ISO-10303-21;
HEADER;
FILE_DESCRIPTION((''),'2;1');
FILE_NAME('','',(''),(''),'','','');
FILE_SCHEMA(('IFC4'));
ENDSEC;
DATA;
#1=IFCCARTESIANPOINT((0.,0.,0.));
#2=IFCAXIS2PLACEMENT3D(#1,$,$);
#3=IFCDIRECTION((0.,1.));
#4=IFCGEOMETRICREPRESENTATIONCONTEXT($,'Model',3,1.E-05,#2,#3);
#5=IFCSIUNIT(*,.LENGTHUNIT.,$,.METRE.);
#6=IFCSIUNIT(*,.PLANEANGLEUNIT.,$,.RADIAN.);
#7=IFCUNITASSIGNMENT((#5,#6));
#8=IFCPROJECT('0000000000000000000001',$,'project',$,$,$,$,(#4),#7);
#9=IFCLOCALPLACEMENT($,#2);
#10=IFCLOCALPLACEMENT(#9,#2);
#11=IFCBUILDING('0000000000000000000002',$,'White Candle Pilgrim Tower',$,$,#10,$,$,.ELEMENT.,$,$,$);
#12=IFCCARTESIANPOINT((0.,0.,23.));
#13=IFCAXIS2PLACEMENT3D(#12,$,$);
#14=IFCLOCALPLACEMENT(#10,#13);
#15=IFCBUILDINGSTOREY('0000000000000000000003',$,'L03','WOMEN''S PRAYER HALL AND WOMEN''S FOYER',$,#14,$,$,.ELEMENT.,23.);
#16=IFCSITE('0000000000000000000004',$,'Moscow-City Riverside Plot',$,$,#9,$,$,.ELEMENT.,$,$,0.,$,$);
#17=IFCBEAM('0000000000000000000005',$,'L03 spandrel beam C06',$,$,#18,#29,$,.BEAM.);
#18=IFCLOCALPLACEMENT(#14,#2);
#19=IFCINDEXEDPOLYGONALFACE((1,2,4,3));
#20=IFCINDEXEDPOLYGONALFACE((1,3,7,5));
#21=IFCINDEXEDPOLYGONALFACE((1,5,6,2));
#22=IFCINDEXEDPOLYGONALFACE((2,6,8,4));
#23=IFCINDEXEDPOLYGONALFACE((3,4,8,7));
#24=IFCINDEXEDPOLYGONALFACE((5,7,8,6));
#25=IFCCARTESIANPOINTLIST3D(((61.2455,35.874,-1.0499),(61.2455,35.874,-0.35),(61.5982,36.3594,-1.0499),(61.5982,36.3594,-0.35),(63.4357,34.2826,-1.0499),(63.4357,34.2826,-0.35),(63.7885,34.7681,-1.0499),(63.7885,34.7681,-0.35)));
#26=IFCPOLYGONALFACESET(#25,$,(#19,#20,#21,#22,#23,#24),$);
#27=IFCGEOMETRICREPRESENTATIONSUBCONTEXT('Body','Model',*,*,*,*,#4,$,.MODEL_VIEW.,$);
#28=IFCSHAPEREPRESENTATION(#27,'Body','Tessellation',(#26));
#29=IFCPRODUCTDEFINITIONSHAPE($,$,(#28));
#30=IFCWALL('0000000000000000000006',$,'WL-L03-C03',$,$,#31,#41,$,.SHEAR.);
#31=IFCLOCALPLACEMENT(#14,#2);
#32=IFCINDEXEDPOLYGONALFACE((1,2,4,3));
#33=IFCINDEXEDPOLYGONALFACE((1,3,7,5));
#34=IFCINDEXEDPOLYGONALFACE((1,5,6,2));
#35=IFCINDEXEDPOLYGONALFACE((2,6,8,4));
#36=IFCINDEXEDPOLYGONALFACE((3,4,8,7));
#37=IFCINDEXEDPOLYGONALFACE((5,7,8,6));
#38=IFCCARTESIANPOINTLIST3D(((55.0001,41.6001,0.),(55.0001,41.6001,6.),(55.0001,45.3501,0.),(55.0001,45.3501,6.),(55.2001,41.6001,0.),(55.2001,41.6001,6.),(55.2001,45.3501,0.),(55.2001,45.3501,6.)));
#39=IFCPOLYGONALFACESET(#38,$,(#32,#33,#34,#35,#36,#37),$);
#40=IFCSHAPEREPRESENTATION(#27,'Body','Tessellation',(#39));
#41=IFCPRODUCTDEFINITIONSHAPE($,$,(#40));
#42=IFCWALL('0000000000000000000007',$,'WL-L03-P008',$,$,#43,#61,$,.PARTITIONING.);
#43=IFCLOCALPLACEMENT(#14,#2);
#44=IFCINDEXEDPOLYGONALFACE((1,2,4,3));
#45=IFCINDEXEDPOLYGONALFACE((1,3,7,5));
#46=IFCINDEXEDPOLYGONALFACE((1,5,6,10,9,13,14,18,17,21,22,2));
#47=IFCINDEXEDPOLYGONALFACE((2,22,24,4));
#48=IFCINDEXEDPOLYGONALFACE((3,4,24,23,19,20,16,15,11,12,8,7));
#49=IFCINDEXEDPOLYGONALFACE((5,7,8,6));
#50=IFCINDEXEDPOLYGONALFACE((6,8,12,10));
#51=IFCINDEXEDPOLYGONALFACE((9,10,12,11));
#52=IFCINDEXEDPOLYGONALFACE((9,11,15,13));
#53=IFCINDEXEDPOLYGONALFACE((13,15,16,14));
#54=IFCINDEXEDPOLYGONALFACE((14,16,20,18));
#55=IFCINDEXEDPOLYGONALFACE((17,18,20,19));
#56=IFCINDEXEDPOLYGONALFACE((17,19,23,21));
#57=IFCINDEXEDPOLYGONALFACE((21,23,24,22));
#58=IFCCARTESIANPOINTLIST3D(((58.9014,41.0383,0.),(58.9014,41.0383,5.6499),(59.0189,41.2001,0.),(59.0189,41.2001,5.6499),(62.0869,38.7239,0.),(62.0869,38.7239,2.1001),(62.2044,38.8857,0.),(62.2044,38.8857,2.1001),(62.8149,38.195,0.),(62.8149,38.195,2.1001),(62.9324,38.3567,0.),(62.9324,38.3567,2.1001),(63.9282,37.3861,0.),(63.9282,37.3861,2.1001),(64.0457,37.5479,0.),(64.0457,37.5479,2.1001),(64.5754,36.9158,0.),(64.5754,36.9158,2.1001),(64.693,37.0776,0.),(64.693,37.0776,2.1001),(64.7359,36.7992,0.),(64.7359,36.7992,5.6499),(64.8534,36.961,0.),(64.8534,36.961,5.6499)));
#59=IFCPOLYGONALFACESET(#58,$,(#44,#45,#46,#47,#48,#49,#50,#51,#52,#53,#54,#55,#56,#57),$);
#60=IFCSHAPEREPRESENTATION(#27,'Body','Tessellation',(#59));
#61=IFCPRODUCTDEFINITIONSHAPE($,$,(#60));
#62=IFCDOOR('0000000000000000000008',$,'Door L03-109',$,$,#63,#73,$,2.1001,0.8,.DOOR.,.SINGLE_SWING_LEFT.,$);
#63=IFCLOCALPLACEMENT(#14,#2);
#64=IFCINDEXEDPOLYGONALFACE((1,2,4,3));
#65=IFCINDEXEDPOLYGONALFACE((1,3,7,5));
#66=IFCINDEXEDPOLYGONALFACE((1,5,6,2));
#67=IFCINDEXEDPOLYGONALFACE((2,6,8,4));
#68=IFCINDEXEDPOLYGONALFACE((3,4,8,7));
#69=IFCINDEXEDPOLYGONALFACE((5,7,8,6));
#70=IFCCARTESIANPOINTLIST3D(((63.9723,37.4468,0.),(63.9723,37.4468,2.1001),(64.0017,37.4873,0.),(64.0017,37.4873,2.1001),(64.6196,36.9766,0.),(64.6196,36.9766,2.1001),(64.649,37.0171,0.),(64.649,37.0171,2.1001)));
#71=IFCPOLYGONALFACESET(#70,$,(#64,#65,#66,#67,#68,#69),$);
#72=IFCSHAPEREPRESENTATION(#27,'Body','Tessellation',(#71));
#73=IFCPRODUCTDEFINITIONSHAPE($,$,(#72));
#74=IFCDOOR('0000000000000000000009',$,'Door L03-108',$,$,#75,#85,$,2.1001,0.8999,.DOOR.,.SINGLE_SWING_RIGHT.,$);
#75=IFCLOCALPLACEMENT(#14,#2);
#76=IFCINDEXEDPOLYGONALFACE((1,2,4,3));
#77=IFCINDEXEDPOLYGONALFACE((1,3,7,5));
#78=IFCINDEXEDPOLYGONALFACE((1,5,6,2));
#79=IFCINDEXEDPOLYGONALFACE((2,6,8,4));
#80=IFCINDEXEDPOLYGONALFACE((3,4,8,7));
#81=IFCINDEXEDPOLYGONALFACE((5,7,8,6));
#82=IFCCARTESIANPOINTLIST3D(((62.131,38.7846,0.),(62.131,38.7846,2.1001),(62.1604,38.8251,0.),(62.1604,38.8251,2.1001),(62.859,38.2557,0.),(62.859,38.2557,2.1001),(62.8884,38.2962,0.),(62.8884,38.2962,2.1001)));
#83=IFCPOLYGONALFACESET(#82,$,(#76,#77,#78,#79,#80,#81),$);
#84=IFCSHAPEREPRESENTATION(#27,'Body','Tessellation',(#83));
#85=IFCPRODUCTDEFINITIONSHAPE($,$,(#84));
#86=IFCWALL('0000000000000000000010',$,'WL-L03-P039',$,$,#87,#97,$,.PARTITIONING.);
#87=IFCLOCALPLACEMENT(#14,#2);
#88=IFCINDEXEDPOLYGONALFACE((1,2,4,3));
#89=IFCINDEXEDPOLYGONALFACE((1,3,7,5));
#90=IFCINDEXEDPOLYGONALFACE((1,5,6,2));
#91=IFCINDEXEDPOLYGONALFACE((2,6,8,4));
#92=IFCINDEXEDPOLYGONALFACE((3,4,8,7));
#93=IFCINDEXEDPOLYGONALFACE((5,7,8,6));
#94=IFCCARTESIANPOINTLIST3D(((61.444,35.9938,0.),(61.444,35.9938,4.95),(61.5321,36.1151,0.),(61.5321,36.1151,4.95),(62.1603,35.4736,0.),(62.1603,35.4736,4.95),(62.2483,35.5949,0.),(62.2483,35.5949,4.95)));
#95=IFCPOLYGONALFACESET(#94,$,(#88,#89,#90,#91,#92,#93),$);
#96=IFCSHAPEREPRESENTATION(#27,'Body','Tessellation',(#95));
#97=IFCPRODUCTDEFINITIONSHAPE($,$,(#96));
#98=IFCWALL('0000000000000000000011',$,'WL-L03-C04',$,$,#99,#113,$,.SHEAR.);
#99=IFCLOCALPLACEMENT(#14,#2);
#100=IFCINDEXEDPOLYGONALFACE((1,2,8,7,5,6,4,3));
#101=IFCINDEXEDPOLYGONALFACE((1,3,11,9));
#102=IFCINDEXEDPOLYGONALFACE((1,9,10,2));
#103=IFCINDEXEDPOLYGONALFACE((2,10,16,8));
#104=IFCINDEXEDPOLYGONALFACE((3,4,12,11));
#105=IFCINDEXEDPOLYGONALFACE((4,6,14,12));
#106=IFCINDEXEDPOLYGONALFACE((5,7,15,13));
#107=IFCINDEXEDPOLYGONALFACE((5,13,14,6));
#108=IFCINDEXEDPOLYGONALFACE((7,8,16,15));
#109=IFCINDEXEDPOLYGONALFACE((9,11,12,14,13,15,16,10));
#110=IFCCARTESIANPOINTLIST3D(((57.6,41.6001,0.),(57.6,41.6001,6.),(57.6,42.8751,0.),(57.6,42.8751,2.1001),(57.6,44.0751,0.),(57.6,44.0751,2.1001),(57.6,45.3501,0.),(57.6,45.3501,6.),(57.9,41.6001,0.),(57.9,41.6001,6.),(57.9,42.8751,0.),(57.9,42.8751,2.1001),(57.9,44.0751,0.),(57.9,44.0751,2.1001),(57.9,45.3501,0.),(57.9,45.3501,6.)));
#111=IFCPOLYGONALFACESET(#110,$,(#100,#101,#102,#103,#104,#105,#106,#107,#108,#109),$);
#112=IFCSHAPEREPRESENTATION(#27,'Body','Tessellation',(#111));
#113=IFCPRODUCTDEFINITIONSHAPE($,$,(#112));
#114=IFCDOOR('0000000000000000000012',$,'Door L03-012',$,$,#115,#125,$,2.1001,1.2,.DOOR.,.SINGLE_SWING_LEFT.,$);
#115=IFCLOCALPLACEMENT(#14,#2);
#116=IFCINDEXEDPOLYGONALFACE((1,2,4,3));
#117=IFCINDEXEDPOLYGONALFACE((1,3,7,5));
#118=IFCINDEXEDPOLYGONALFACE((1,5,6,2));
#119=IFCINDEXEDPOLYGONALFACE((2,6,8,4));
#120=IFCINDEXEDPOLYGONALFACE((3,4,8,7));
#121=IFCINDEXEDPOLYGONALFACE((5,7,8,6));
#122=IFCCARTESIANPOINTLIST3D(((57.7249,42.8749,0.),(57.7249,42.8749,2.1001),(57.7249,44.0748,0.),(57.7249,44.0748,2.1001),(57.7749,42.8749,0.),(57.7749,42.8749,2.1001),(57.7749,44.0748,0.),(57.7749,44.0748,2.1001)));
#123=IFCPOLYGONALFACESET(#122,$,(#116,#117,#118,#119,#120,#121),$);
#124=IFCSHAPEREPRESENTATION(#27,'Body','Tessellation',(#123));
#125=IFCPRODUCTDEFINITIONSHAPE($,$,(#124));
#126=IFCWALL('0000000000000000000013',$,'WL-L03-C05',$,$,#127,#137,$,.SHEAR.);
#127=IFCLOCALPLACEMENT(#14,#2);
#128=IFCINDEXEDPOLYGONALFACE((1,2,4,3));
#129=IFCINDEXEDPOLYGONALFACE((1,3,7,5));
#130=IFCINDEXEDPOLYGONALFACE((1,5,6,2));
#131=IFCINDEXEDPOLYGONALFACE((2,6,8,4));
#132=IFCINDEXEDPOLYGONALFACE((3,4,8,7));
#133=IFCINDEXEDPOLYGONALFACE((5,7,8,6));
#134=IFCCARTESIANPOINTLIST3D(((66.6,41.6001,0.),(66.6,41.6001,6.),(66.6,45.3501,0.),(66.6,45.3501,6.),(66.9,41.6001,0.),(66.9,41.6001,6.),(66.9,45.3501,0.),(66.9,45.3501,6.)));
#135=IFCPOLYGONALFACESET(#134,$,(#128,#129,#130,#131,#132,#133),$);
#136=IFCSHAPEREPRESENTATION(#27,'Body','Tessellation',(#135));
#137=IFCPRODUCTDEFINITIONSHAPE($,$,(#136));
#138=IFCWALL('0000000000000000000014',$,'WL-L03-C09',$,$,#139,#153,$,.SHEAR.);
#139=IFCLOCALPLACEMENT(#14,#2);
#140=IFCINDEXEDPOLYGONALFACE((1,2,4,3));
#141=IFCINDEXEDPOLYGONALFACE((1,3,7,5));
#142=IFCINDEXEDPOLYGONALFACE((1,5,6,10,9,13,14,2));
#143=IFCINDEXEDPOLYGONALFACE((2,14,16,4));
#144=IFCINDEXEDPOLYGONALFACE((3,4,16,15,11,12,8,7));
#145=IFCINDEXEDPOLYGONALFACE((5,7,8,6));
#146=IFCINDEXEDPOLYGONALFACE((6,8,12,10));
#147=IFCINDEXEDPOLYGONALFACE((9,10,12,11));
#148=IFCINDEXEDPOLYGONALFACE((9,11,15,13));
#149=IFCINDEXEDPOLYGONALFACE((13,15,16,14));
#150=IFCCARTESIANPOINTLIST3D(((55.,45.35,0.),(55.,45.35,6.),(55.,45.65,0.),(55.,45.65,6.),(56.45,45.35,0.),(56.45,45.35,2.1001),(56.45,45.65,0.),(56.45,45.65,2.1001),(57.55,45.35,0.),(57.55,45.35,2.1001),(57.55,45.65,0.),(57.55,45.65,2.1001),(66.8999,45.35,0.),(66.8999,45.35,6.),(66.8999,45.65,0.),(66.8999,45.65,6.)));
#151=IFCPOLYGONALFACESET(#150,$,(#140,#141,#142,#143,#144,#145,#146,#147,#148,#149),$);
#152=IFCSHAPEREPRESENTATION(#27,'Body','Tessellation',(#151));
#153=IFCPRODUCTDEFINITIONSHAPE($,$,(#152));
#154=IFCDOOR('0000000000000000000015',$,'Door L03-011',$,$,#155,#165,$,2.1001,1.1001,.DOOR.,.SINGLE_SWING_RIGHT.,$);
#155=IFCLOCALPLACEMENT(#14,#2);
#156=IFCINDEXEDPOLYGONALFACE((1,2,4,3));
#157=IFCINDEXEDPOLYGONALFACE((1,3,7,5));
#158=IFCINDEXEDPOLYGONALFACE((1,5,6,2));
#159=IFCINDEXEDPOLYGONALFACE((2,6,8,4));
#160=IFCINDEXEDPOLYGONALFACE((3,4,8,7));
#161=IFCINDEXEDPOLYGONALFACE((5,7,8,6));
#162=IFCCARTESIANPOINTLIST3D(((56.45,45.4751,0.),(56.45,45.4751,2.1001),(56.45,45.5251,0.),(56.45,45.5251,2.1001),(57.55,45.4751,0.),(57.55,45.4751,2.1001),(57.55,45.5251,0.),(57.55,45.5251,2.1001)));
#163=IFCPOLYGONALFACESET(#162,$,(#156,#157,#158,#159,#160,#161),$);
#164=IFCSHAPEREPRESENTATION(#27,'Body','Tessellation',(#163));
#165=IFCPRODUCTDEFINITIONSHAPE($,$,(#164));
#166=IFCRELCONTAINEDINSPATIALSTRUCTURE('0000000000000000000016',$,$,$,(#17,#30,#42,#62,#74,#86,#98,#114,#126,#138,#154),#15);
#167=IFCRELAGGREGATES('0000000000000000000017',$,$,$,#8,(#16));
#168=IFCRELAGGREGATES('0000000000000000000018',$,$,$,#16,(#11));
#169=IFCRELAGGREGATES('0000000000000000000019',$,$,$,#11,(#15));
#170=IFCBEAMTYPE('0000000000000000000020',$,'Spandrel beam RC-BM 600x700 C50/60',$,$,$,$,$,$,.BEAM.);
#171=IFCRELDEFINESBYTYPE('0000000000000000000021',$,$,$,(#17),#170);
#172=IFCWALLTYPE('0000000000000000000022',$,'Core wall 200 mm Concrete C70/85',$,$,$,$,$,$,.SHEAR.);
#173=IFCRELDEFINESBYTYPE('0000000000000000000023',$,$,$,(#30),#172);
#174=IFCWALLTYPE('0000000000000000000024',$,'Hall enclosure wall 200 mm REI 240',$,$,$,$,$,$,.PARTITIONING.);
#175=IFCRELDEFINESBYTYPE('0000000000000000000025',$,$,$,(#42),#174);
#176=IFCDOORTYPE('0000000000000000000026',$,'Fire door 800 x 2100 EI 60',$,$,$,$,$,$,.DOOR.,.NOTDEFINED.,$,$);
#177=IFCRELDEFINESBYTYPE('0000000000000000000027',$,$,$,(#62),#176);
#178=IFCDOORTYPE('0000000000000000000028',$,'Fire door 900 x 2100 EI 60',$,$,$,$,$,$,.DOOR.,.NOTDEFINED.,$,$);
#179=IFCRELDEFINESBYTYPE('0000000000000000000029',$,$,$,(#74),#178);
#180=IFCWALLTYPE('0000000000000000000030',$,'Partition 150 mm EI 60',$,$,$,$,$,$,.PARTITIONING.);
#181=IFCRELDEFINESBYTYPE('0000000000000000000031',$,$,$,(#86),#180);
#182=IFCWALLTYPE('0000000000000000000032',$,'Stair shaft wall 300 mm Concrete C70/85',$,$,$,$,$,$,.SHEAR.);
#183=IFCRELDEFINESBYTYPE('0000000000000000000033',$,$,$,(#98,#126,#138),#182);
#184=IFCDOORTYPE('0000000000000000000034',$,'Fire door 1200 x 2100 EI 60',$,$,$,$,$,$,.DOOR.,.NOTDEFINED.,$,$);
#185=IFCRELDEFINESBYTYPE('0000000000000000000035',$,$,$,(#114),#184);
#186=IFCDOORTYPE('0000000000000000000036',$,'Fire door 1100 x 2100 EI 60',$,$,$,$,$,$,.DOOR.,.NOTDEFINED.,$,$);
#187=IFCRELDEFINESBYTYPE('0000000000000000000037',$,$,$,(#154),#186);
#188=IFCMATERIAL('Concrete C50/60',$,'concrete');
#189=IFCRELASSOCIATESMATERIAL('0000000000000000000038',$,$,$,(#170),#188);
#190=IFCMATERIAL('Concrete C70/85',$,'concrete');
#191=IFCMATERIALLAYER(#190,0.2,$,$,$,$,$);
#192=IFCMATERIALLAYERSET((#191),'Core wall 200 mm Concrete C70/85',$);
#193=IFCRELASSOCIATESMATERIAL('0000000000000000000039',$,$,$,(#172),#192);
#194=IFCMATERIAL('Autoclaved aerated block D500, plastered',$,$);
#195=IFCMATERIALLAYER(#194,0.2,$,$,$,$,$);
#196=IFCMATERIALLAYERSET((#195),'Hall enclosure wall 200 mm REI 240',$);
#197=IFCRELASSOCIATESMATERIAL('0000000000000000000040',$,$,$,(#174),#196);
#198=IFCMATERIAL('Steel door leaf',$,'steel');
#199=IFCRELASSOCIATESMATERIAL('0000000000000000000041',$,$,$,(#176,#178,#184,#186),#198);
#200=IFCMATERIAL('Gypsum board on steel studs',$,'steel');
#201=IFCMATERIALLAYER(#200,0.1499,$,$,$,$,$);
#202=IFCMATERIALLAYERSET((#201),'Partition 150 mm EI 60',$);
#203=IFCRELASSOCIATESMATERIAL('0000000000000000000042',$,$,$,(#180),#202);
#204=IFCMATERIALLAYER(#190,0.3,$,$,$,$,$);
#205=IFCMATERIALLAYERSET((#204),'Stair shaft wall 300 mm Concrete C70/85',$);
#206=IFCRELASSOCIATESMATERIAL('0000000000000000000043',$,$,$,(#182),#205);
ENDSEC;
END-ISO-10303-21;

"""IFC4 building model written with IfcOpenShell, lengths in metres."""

from ifc_helpers import new_model, si_unit, direction, frame, frame_2d, origin, origin_2d, place, context, subcontext, project, spatial, rectangle, extrude, material, layer, layer_set, material_profile, profile_set, type_object, element, fill, save


model = new_model("IFC4")

# Units and contexts
model_context = context("Model", 3, precision=1e-05, world=origin(), true_north=direction((0.0, 1.0)))
body_context = subcontext(model_context, "Body", "Model", "MODEL_VIEW")
ifc_project = project(units=[si_unit("LENGTHUNIT", "METRE"), si_unit("PLANEANGLEUNIT", "RADIAN")], contexts=[model_context])

# Site, building, storey
site_placement = place(None, origin())
site = spatial("IfcSite", under=ifc_project, at=site_placement, Name="Moscow-City Riverside Plot", CompositionType="ELEMENT", RefElevation=0.0)
building_placement = place(site_placement, origin())
building = spatial("IfcBuilding", under=site, at=building_placement, Name="White Candle Pilgrim Tower", CompositionType="ELEMENT")
storey_placement = place(building_placement, frame((0.0, 0.0, 23.0)))
storey = spatial("IfcBuildingStorey", under=building, at=storey_placement, Name="L03", Description="WOMEN'S PRAYER HALL AND WOMEN'S FOYER", CompositionType="ELEMENT", Elevation=23.0)

# Beam
ifc_material_1 = material(Name="Concrete C50/60", Category="concrete")
ifc_material_profile_1 = material_profile(ifc_material_1, rectangle(XDim=0.6001, YDim=0.7, at=origin_2d()), Name="RC-BM 600x700")
ifc_profile_set_1 = profile_set([ifc_material_profile_1], Name="Concrete C50/60")
beam_type = type_object("IfcBeamType", Name="Spandrel beam RC-BM 600x700 C50/60", PredefinedType="BEAM", material=ifc_profile_set_1)
beam_1_placement = place(storey_placement, frame((61.4219, 36.1167, -0.7), z_axis=(0.809009, -0.587796, 0.0), x_axis=(0.587796, 0.809009, 0.0)))
element("IfcBeam", 1, at=beam_1_placement, inside=storey, type_object=beam_type, Name="L03 spandrel beam C06", PredefinedType="BEAM", context=body_context, shape_type="SweptSolid", body=[
    extrude(rectangle(XDim=0.6001, YDim=0.7, at=origin_2d()), origin(), (0.0, 0.0, 1.0), 2.7073),
])

# Wall
ifc_material_2 = material(Name="Concrete C70/85", Category="concrete")
ifc_layer_1 = layer(ifc_material_2, 0.2)
ifc_layer_set_1 = layer_set([ifc_layer_1], Name="Core wall 200 mm Concrete C70/85")
wall_type_1 = type_object("IfcWallType", Name="Core wall 200 mm Concrete C70/85", PredefinedType="SHEAR", material=ifc_layer_set_1)
wall_1_placement = place(storey_placement, frame((55.1001, 41.6001, 0.0), z_axis=(0.0, 0.0, 1.0), x_axis=(0.0, 1.0, 0.0)))
element("IfcWall", 2, at=wall_1_placement, inside=storey, type_object=wall_type_1, Name="WL-L03-C03", PredefinedType="SHEAR", context=body_context, shape_type="SweptSolid", body=[
    extrude(rectangle(XDim=3.75, YDim=0.2, at=frame_2d((1.875, 0.0))), origin(), (0.0, 0.0, 1.0), 6.0),
])

# Wall, openings, doors
ifc_material_3 = material(Name="Autoclaved aerated block D500, plastered")
ifc_layer_2 = layer(ifc_material_3, 0.2)
ifc_layer_set_2 = layer_set([ifc_layer_2], Name="Hall enclosure wall 200 mm REI 240")
wall_type_2 = type_object("IfcWallType", Name="Hall enclosure wall 200 mm REI 240", PredefinedType="PARTITIONING", material=ifc_layer_set_2)
wall_2_placement = place(storey_placement, frame((64.7947, 36.8801, 0.0), z_axis=(0.0, 0.0, 1.0), x_axis=(-0.809016, 0.587787, 0.0)))
wall_2 = element("IfcWall", 3, at=wall_2_placement, inside=storey, type_object=wall_type_2, Name="WL-L03-P008", PredefinedType="PARTITIONING", context=body_context, shape_type="SweptSolid", body=[
    extrude(rectangle(XDim=7.2119, YDim=0.2, at=frame_2d((3.606, 0.0))), origin(), (0.0, 0.0, 1.0), 5.6499),
])
opening_1_placement = place(wall_2_placement, frame((2.3745, 0.0, 0.0)))
opening_1 = element("IfcOpeningElement", 4, at=opening_1_placement, cuts=wall_2, PredefinedType="OPENING", context=body_context, shape_type="SweptSolid", body=[
    extrude(rectangle(XDim=0.8999, YDim=2.1001, at=frame_2d((0.45, 1.05))), frame((0.0, 0.1099, 0.0), z_axis=(0.0, -1.0, 0.0), x_axis=(1.0, 0.0, 0.0)), (0.0, 0.0, 1.0), 0.22),
])
opening_2_placement = place(wall_2_placement, frame((0.1985, 0.0, 0.0)))
opening_2 = element("IfcOpeningElement", 5, at=opening_2_placement, cuts=wall_2, PredefinedType="OPENING", context=body_context, shape_type="SweptSolid", body=[
    extrude(rectangle(XDim=0.8, YDim=2.1001, at=frame_2d((0.3999, 1.05))), frame((0.0, 0.1099, 0.0), z_axis=(0.0, -1.0, 0.0), x_axis=(1.0, 0.0, 0.0)), (0.0, 0.0, 1.0), 0.22),
])
ifc_material_4 = material(Name="Steel door leaf", Category="steel")
door_type_1 = type_object("IfcDoorType", Name="Fire door 800 x 2100 EI 60", OperationType="NOTDEFINED", PredefinedType="DOOR", material=ifc_material_4)
door_1_placement = place(opening_2_placement, origin())
door_1 = element("IfcDoor", 6, at=door_1_placement, inside=storey, type_object=door_type_1, Name="Door L03-109", OperationType="SINGLE_SWING_LEFT", OverallHeight=2.1001, OverallWidth=0.8, PredefinedType="DOOR", context=body_context, shape_type="SweptSolid", body=[
    extrude(rectangle(XDim=0.8, YDim=2.1001, at=frame_2d((0.3999, 1.05))), frame((0.0, 0.0249, 0.0), z_axis=(0.0, -1.0, 0.0), x_axis=(1.0, 0.0, 0.0)), (0.0, 0.0, 1.0), 0.05),
])
fill(opening_2, door_1)
door_type_2 = type_object("IfcDoorType", Name="Fire door 900 x 2100 EI 60", OperationType="NOTDEFINED", PredefinedType="DOOR", material=ifc_material_4)
door_2_placement = place(opening_1_placement, origin())
door_2 = element("IfcDoor", 7, at=door_2_placement, inside=storey, type_object=door_type_2, Name="Door L03-108", OperationType="SINGLE_SWING_RIGHT", OverallHeight=2.1001, OverallWidth=0.8999, PredefinedType="DOOR", context=body_context, shape_type="SweptSolid", body=[
    extrude(rectangle(XDim=0.8999, YDim=2.1001, at=frame_2d((0.45, 1.05))), frame((0.0, 0.0249, 0.0), z_axis=(0.0, -1.0, 0.0), x_axis=(1.0, 0.0, 0.0)), (0.0, 0.0, 1.0), 0.05),
])
fill(opening_1, door_2)

# Wall
ifc_material_5 = material(Name="Gypsum board on steel studs", Category="steel")
ifc_layer_3 = layer(ifc_material_5, 0.1499)
ifc_layer_set_3 = layer_set([ifc_layer_3], Name="Partition 150 mm EI 60")
wall_type_3 = type_object("IfcWallType", Name="Partition 150 mm EI 60", PredefinedType="PARTITIONING", material=ifc_layer_set_3)
wall_3_placement = place(storey_placement, frame((61.488, 36.0544, 0.0), z_axis=(0.0, 0.0, 1.0), x_axis=(0.809106, -0.587663, 0.0)))
element("IfcWall", 8, at=wall_3_placement, inside=storey, type_object=wall_type_3, Name="WL-L03-P039", PredefinedType="PARTITIONING", context=body_context, shape_type="SweptSolid", body=[
    extrude(rectangle(XDim=0.8853, YDim=0.1499, at=frame_2d((0.4426, 0.0))), origin(), (0.0, 0.0, 1.0), 4.95),
])

# Wall, opening, door
ifc_layer_4 = layer(ifc_material_2, 0.3)
ifc_layer_set_4 = layer_set([ifc_layer_4], Name="Stair shaft wall 300 mm Concrete C70/85")
wall_type_4 = type_object("IfcWallType", Name="Stair shaft wall 300 mm Concrete C70/85", PredefinedType="SHEAR", material=ifc_layer_set_4)
wall_4_placement = place(storey_placement, frame((57.75, 41.6001, 0.0), z_axis=(0.0, 0.0, 1.0), x_axis=(0.0, 1.0, 0.0)))
wall_4 = element("IfcWall", 9, at=wall_4_placement, inside=storey, type_object=wall_type_4, Name="WL-L03-C04", PredefinedType="SHEAR", context=body_context, shape_type="SweptSolid", body=[
    extrude(rectangle(XDim=3.75, YDim=0.3, at=frame_2d((1.875, 0.0))), origin(), (0.0, 0.0, 1.0), 6.0),
])
opening_3_placement = place(wall_4_placement, frame((1.2749, 0.0, 0.0)))
opening_3 = element("IfcOpeningElement", 10, at=opening_3_placement, cuts=wall_4, PredefinedType="OPENING", context=body_context, shape_type="SweptSolid", body=[
    extrude(rectangle(XDim=1.2, YDim=2.1001, at=frame_2d((0.6001, 1.05))), frame((0.0, 0.1599, 0.0), z_axis=(0.0, -1.0, 0.0), x_axis=(1.0, 0.0, 0.0)), (0.0, 0.0, 1.0), 0.3201),
])
door_type_3 = type_object("IfcDoorType", Name="Fire door 1200 x 2100 EI 60", OperationType="NOTDEFINED", PredefinedType="DOOR", material=ifc_material_4)
door_3_placement = place(opening_3_placement, frame((1.2, 0.0, 0.0), z_axis=(0.0, 0.0, 1.0), x_axis=(-1.0, 0.0, 0.0)))
door_3 = element("IfcDoor", 11, at=door_3_placement, inside=storey, type_object=door_type_3, Name="Door L03-012", OperationType="SINGLE_SWING_LEFT", OverallHeight=2.1001, OverallWidth=1.2, PredefinedType="DOOR", context=body_context, shape_type="SweptSolid", body=[
    extrude(rectangle(XDim=1.2, YDim=2.1001, at=frame_2d((0.6001, 1.05))), frame((0.0, 0.0249, 0.0), z_axis=(0.0, -1.0, 0.0), x_axis=(1.0, 0.0, 0.0)), (0.0, 0.0, 1.0), 0.05),
])
fill(opening_3, door_3)

# Wall
wall_5_placement = place(storey_placement, frame((66.75, 41.6001, 0.0), z_axis=(0.0, 0.0, 1.0), x_axis=(0.0, 1.0, 0.0)))
element("IfcWall", 12, at=wall_5_placement, inside=storey, type_object=wall_type_4, Name="WL-L03-C05", PredefinedType="SHEAR", context=body_context, shape_type="SweptSolid", body=[
    extrude(rectangle(XDim=3.75, YDim=0.3, at=frame_2d((1.875, 0.0))), origin(), (0.0, 0.0, 1.0), 6.0),
])

# Wall, opening, door
wall_6_placement = place(storey_placement, frame((55.0, 45.5, 0.0), z_axis=(0.0, 0.0, 1.0), x_axis=(1.0, 0.0, 0.0)))
wall_6 = element("IfcWall", 13, at=wall_6_placement, inside=storey, type_object=wall_type_4, Name="WL-L03-C09", PredefinedType="SHEAR", context=body_context, shape_type="SweptSolid", body=[
    extrude(rectangle(XDim=11.8999, YDim=0.3, at=frame_2d((5.95, 0.0))), origin(), (0.0, 0.0, 1.0), 6.0),
])
opening_4_placement = place(wall_6_placement, frame((1.45, 0.0, 0.0)))
opening_4 = element("IfcOpeningElement", 14, at=opening_4_placement, cuts=wall_6, PredefinedType="OPENING", context=body_context, shape_type="SweptSolid", body=[
    extrude(rectangle(XDim=1.1001, YDim=2.1001, at=frame_2d((0.55, 1.05))), frame((0.0, 0.1599, 0.0), z_axis=(0.0, -1.0, 0.0), x_axis=(1.0, 0.0, 0.0)), (0.0, 0.0, 1.0), 0.3201),
])
door_type_4 = type_object("IfcDoorType", Name="Fire door 1100 x 2100 EI 60", OperationType="NOTDEFINED", PredefinedType="DOOR", material=ifc_material_4)
door_4_placement = place(opening_4_placement, frame((1.1001, 0.0, 0.0), z_axis=(0.0, 0.0, 1.0), x_axis=(-1.0, 0.0, 0.0)))
door_4 = element("IfcDoor", 15, at=door_4_placement, inside=storey, type_object=door_type_4, Name="Door L03-011", OperationType="SINGLE_SWING_RIGHT", OverallHeight=2.1001, OverallWidth=1.1001, PredefinedType="DOOR", context=body_context, shape_type="SweptSolid", body=[
    extrude(rectangle(XDim=1.1001, YDim=2.1001, at=frame_2d((0.55, 1.05))), frame((0.0, 0.0249, 0.0), z_axis=(0.0, -1.0, 0.0), x_axis=(1.0, 0.0, 0.0)), (0.0, 0.0, 1.0), 0.05),
])
fill(opening_4, door_4)

save(model, "model.ifc")
